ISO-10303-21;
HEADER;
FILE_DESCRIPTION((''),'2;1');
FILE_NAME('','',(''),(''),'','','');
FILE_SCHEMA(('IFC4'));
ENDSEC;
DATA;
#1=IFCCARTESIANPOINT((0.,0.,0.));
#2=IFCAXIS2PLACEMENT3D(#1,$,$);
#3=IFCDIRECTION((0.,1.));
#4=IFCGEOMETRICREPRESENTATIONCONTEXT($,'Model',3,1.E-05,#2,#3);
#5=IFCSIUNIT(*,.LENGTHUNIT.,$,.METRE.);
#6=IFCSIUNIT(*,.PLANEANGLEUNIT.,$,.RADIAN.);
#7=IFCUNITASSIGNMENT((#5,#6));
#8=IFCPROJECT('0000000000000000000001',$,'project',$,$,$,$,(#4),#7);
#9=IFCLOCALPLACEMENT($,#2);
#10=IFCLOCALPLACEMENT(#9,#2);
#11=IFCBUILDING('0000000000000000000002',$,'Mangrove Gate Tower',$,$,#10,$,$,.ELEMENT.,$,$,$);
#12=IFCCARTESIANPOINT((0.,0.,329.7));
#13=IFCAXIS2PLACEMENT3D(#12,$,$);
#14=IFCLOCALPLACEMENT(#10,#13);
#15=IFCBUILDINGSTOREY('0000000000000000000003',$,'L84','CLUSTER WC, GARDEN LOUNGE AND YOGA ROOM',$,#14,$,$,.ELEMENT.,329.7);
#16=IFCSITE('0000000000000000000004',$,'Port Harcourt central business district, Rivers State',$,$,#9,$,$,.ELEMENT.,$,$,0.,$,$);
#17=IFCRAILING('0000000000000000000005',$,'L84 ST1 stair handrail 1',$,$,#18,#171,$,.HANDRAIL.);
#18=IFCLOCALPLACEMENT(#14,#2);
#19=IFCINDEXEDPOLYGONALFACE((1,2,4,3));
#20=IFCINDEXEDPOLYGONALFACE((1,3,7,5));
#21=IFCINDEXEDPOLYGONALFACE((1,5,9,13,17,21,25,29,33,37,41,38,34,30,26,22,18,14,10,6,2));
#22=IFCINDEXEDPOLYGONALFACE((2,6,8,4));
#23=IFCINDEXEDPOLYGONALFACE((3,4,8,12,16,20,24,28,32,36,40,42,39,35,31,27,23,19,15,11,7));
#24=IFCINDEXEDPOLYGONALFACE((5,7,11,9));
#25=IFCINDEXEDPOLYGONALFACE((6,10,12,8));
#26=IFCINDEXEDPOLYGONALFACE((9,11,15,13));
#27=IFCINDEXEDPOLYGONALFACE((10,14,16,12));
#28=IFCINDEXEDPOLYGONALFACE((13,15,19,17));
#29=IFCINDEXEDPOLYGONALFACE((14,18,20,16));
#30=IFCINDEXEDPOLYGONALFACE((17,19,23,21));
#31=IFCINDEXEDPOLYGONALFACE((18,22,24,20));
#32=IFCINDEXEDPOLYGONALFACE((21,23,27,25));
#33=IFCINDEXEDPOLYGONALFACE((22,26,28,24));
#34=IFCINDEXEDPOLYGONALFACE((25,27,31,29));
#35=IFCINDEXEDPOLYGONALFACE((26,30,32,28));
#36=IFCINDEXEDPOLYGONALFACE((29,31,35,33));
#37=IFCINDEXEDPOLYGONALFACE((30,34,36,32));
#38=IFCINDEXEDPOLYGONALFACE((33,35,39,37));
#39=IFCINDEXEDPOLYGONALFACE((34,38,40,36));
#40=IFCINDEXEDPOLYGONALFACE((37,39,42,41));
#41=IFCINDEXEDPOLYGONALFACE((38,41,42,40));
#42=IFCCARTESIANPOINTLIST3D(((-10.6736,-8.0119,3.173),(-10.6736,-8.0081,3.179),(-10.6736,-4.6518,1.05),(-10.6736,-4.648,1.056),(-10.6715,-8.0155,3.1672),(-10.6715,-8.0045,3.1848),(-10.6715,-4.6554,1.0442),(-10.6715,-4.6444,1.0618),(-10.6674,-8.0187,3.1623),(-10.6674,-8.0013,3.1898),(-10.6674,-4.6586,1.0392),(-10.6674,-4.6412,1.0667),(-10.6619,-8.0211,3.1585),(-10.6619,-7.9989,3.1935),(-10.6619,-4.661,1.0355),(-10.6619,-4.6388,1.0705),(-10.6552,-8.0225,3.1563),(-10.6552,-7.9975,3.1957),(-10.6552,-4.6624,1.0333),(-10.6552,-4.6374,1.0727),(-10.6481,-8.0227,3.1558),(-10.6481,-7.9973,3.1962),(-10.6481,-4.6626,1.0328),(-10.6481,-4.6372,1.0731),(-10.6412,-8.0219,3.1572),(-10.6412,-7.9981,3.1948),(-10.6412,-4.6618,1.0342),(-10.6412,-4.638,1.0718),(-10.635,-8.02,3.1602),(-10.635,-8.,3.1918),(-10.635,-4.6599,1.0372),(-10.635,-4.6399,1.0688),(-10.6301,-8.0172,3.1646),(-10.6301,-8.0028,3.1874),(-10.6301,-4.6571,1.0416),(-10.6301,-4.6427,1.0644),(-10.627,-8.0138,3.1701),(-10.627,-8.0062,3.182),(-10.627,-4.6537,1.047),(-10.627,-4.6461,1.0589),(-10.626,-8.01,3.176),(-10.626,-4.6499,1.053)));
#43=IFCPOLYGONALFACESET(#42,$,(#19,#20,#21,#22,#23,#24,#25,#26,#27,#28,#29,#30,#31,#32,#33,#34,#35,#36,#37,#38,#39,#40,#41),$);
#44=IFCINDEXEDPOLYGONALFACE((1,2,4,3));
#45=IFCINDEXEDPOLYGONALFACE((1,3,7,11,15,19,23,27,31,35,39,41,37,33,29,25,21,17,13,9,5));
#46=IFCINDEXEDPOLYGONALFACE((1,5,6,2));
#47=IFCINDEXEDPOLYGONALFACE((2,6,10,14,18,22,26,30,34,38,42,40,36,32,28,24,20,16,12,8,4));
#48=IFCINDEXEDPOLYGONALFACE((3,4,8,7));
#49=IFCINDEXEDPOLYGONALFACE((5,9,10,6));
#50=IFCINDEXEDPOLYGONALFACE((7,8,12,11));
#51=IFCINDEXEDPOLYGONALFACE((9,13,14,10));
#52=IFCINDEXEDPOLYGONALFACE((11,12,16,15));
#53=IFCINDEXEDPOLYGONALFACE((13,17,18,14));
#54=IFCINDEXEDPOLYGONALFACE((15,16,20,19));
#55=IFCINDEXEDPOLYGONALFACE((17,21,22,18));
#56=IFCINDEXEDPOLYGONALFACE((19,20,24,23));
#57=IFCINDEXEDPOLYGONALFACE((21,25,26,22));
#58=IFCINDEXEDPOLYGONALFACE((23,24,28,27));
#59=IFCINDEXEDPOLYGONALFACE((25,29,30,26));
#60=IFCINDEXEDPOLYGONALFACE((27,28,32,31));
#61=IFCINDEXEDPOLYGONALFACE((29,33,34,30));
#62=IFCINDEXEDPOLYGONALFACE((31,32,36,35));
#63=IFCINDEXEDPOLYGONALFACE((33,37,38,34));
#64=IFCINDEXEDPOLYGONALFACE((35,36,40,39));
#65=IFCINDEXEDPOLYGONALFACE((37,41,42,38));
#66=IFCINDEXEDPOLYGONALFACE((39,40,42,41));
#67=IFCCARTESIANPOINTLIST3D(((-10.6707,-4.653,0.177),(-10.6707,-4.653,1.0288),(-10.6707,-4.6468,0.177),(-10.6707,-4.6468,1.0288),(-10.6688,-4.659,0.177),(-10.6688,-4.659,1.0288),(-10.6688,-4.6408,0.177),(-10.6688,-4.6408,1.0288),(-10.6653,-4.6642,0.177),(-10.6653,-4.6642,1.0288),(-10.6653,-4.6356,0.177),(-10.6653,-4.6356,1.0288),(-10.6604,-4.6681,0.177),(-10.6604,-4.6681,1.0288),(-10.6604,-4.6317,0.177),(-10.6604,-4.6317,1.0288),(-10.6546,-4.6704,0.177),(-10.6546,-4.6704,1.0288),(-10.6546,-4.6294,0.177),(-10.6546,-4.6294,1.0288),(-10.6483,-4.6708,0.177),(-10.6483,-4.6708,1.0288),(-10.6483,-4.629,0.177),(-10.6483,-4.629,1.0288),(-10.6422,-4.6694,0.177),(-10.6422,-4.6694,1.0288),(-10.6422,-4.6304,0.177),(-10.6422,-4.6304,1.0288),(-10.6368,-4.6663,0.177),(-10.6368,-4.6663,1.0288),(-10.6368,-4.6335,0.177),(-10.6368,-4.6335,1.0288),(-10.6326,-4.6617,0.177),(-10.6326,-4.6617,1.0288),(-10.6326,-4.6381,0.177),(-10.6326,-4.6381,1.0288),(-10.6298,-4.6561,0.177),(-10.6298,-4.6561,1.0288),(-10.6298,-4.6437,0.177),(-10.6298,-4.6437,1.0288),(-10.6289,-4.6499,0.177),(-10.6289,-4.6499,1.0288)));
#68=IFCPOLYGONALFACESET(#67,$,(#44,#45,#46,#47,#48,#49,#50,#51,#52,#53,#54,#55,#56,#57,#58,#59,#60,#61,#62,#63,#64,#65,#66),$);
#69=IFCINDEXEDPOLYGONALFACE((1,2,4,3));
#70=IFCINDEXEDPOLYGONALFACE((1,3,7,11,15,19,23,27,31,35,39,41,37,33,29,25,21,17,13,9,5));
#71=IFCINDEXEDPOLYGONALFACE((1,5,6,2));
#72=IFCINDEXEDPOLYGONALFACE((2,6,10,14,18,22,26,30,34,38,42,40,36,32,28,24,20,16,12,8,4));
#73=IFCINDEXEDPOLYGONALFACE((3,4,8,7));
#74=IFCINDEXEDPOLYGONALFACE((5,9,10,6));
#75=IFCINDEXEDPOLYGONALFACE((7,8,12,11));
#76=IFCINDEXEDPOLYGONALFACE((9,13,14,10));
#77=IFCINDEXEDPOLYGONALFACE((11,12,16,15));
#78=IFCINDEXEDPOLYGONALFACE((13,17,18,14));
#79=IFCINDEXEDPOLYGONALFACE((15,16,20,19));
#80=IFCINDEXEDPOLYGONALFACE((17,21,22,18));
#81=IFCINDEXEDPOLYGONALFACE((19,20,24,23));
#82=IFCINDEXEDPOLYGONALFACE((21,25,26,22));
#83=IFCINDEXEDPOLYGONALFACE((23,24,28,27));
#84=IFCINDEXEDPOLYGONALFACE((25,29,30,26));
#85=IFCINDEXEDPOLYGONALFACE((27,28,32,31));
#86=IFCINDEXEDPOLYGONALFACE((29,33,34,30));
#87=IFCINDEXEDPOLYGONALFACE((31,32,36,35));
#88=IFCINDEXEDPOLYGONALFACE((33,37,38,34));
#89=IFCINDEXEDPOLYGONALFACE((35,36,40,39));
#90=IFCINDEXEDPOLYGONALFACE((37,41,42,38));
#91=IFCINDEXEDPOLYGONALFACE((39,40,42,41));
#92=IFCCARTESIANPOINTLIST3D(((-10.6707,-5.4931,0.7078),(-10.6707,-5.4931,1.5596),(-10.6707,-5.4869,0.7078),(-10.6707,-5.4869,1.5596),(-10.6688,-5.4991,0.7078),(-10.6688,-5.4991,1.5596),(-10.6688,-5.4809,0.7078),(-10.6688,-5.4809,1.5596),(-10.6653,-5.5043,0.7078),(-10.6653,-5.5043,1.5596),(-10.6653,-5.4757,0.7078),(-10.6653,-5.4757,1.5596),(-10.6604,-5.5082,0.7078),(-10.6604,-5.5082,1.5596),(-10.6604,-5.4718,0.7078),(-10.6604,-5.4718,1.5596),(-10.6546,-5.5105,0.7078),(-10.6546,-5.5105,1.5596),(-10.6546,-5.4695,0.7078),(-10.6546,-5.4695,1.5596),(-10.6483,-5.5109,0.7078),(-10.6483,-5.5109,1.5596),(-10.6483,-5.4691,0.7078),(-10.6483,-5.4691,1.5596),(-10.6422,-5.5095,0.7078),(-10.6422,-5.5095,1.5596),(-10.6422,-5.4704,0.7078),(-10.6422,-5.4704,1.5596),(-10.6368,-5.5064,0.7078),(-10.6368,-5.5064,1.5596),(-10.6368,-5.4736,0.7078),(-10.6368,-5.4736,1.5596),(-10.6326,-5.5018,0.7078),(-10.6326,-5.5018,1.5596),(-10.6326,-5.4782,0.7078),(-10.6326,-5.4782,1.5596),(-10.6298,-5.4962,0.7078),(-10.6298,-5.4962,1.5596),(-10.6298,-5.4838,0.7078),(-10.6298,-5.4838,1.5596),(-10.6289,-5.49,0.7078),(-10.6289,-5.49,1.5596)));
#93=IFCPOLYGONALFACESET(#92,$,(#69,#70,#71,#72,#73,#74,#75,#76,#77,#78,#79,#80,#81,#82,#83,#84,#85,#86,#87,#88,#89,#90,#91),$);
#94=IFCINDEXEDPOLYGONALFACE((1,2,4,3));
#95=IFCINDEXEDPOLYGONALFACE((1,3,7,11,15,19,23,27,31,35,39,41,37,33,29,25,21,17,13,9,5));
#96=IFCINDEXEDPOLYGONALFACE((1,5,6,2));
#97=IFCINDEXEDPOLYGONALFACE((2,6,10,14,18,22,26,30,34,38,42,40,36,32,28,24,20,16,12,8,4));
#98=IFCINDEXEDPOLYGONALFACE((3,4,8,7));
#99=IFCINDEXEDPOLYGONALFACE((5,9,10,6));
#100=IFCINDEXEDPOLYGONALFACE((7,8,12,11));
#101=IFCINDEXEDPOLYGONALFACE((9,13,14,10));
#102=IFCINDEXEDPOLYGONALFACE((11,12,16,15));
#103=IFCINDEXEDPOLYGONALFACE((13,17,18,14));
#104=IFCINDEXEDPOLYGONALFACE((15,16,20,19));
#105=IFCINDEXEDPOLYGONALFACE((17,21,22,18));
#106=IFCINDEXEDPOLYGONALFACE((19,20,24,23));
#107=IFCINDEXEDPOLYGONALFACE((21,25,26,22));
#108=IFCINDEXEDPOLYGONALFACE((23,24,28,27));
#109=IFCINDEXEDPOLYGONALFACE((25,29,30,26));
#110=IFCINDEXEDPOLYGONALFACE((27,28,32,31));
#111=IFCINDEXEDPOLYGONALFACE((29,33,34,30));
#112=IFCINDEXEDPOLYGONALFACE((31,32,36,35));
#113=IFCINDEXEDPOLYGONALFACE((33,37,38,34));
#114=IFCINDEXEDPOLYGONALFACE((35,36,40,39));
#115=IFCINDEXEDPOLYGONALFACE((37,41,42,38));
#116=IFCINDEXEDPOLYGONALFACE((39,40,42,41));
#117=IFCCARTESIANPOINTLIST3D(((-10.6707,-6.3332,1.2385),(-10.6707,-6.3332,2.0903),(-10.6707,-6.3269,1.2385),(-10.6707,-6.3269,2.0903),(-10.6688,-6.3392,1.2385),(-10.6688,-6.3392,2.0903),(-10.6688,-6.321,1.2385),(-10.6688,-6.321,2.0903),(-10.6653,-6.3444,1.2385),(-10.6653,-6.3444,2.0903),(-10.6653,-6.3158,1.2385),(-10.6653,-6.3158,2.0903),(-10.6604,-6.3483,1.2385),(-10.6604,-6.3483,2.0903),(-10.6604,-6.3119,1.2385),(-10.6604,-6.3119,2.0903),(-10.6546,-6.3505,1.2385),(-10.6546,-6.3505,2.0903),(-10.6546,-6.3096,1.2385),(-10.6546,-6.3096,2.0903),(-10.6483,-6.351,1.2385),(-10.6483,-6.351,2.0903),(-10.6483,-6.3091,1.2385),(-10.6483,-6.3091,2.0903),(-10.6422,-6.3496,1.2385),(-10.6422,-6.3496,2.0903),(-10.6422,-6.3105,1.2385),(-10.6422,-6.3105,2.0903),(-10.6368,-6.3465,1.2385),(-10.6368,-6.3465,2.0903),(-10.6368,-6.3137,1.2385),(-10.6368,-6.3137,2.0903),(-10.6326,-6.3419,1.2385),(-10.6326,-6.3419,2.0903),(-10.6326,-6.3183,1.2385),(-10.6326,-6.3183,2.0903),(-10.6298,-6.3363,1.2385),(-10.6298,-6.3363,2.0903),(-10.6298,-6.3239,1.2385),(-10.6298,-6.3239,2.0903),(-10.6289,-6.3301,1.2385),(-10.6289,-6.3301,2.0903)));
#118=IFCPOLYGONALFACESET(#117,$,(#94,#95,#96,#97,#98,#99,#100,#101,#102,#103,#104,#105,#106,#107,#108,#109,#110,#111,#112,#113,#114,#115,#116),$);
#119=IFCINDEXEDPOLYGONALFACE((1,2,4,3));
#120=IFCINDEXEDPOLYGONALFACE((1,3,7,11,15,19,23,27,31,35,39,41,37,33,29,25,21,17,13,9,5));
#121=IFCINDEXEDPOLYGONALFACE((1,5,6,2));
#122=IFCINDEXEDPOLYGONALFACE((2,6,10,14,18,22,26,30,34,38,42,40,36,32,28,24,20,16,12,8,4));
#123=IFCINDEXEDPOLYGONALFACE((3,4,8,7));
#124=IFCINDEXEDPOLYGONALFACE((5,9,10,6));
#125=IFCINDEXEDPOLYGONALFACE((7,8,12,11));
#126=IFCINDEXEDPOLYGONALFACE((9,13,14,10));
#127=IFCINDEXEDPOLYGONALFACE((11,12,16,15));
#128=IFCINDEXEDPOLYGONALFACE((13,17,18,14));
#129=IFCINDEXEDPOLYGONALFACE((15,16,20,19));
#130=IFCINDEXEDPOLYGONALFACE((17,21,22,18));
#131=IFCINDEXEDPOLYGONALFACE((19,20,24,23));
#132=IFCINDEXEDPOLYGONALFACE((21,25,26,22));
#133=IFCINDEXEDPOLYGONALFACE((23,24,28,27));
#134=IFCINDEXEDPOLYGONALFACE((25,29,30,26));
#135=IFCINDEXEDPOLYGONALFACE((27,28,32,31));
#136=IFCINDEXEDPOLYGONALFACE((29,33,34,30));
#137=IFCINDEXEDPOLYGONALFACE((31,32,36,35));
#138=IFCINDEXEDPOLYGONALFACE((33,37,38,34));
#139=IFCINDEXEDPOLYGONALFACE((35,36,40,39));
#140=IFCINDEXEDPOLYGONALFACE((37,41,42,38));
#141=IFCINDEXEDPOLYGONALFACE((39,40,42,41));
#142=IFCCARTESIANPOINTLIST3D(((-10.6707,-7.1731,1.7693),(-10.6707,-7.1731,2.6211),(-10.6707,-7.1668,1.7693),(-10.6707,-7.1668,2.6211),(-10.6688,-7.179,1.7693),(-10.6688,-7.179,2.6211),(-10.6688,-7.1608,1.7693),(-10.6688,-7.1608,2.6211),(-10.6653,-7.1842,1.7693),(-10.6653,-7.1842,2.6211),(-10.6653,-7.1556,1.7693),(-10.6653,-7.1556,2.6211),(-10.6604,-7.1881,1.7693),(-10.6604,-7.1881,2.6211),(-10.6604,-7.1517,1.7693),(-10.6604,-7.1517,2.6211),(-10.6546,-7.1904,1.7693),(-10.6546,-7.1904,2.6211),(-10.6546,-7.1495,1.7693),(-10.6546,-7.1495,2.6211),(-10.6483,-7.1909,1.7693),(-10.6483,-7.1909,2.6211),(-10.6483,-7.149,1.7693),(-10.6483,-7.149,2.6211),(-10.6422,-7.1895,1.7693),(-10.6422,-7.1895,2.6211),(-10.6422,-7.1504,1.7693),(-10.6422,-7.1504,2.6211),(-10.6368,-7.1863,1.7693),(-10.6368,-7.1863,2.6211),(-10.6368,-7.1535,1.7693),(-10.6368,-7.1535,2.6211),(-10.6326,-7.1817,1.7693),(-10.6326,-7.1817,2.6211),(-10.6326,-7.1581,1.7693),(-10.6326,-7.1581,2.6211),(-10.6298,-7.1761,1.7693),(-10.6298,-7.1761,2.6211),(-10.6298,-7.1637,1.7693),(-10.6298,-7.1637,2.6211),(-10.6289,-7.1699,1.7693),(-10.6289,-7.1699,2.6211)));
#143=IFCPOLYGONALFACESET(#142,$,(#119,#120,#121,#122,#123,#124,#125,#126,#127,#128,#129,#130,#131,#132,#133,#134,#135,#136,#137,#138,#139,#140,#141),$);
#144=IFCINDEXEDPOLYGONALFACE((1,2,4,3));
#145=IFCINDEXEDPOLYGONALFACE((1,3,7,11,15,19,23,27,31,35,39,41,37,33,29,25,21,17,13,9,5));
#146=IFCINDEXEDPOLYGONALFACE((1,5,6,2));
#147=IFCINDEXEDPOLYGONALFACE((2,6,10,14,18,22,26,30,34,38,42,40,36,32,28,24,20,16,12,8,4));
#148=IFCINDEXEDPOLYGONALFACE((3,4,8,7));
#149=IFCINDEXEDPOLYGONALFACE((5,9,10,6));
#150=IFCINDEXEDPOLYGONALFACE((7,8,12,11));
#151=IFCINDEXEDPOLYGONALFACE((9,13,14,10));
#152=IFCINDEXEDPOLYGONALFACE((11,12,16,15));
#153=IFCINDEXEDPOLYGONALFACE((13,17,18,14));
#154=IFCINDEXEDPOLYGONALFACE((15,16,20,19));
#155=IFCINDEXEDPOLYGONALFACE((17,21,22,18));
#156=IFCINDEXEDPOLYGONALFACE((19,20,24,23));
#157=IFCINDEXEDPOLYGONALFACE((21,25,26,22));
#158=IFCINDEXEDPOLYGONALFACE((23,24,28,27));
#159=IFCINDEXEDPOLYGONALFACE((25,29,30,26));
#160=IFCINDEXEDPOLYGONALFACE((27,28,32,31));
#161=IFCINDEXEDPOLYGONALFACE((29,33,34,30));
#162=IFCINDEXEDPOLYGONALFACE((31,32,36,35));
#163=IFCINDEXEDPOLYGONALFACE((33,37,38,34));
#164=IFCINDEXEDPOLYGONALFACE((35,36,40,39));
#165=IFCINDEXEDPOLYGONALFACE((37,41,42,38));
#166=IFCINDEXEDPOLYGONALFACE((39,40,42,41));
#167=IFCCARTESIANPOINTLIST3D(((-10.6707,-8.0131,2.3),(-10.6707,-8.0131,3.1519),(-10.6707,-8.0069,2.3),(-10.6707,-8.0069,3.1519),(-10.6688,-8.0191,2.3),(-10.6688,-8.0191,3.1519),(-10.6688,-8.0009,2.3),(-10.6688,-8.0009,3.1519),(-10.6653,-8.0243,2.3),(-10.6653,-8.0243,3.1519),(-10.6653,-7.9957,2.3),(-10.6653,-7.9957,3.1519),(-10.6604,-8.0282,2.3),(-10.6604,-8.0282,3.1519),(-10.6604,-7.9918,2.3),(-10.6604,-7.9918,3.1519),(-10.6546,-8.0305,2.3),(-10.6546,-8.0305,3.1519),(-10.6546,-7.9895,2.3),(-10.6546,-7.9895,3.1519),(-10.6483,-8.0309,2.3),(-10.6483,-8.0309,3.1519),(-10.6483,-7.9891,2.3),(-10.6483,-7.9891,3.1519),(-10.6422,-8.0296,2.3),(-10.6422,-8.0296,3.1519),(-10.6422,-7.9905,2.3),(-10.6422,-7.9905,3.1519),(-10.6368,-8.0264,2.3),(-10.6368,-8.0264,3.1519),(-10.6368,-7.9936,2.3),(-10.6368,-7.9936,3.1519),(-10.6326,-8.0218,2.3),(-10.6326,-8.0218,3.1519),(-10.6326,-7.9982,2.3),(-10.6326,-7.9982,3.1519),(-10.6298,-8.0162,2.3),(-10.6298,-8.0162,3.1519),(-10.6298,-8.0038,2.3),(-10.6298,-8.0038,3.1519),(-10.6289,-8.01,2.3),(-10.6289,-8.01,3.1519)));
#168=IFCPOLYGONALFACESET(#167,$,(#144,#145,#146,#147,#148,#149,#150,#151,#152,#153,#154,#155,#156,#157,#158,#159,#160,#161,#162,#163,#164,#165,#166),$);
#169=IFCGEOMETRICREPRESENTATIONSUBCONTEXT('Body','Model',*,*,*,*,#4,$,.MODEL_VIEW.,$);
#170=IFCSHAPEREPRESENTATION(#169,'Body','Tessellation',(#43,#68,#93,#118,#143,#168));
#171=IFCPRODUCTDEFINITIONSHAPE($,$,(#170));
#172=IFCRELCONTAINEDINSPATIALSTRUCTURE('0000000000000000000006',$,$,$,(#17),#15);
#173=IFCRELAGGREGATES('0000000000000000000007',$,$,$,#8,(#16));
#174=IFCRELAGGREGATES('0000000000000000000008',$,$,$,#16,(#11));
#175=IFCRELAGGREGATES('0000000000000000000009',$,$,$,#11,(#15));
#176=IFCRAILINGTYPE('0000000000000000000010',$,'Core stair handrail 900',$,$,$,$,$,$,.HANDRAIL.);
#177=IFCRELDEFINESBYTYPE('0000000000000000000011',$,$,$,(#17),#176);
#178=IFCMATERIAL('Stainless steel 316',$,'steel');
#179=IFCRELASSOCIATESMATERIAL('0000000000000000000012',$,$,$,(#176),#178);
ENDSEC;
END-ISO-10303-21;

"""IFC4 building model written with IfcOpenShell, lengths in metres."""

from ifc_helpers import new_model, si_unit, direction, frame, origin, origin_2d, place, context, subcontext, project, spatial, circle, extrude, material, type_object, element, save


model = new_model("IFC4")

# Units and contexts
model_context = context("Model", 3, precision=1e-05, world=origin(), true_north=direction((0.0, 1.0)))
body_context = subcontext(model_context, "Body", "Model", "MODEL_VIEW")
ifc_project = project(units=[si_unit("LENGTHUNIT", "METRE"), si_unit("PLANEANGLEUNIT", "RADIAN")], contexts=[model_context])

# Site, building, storey
site_placement = place(None, origin())
site = spatial("IfcSite", under=ifc_project, at=site_placement, Name="Port Harcourt central business district, Rivers State", CompositionType="ELEMENT", RefElevation=0.0)
building_placement = place(site_placement, origin())
building = spatial("IfcBuilding", under=site, at=building_placement, Name="Mangrove Gate Tower", CompositionType="ELEMENT")
storey_placement = place(building_placement, frame((0.0, 0.0, 329.7)))
storey = spatial("IfcBuildingStorey", under=building, at=storey_placement, Name="L84", Description="CLUSTER WC, GARDEN LOUNGE AND YOGA ROOM", CompositionType="ELEMENT", Elevation=329.7)

# Railing
ifc_material_1 = material(Name="Stainless steel 316", Category="steel")
railing_type_1 = type_object("IfcRailingType", Name="Core stair handrail 900", PredefinedType="HANDRAIL", material=ifc_material_1)
railing_1_placement = place(storey_placement, frame((-10.6499, -4.6499, 0.177)))
element("IfcRailing", 1, at=railing_1_placement, inside=storey, type_object=railing_type_1, Name="L84 ST1 stair handrail 1", PredefinedType="HANDRAIL", context=body_context, shape_type="SweptSolid", body=[
    extrude(circle(Radius=0.0239, at=origin_2d()), frame((0.0, 0.0, 0.876), z_axis=(0.0, -0.84539, 0.53415), x_axis=(1.0, 0.0, 0.0)), (0.0, 0.0, 1.0), 3.9746),
    extrude(circle(Radius=0.021, at=origin_2d()), origin(), (0.0, 0.0, 1.0), 0.8518),
    extrude(circle(Radius=0.021, at=origin_2d()), frame((0.0, -0.8401, 0.5308)), (0.0, 0.0, 1.0), 0.8518),
    extrude(circle(Radius=0.021, at=origin_2d()), frame((0.0, -1.6802, 1.0615)), (0.0, 0.0, 1.0), 0.8518),
    extrude(circle(Radius=0.021, at=origin_2d()), frame((0.0, -2.52, 1.5923)), (0.0, 0.0, 1.0), 0.8518),
    extrude(circle(Radius=0.021, at=origin_2d()), frame((0.0, -3.3601, 2.123)), (0.0, 0.0, 1.0), 0.8518),
])

save(model, "model.ifc")
